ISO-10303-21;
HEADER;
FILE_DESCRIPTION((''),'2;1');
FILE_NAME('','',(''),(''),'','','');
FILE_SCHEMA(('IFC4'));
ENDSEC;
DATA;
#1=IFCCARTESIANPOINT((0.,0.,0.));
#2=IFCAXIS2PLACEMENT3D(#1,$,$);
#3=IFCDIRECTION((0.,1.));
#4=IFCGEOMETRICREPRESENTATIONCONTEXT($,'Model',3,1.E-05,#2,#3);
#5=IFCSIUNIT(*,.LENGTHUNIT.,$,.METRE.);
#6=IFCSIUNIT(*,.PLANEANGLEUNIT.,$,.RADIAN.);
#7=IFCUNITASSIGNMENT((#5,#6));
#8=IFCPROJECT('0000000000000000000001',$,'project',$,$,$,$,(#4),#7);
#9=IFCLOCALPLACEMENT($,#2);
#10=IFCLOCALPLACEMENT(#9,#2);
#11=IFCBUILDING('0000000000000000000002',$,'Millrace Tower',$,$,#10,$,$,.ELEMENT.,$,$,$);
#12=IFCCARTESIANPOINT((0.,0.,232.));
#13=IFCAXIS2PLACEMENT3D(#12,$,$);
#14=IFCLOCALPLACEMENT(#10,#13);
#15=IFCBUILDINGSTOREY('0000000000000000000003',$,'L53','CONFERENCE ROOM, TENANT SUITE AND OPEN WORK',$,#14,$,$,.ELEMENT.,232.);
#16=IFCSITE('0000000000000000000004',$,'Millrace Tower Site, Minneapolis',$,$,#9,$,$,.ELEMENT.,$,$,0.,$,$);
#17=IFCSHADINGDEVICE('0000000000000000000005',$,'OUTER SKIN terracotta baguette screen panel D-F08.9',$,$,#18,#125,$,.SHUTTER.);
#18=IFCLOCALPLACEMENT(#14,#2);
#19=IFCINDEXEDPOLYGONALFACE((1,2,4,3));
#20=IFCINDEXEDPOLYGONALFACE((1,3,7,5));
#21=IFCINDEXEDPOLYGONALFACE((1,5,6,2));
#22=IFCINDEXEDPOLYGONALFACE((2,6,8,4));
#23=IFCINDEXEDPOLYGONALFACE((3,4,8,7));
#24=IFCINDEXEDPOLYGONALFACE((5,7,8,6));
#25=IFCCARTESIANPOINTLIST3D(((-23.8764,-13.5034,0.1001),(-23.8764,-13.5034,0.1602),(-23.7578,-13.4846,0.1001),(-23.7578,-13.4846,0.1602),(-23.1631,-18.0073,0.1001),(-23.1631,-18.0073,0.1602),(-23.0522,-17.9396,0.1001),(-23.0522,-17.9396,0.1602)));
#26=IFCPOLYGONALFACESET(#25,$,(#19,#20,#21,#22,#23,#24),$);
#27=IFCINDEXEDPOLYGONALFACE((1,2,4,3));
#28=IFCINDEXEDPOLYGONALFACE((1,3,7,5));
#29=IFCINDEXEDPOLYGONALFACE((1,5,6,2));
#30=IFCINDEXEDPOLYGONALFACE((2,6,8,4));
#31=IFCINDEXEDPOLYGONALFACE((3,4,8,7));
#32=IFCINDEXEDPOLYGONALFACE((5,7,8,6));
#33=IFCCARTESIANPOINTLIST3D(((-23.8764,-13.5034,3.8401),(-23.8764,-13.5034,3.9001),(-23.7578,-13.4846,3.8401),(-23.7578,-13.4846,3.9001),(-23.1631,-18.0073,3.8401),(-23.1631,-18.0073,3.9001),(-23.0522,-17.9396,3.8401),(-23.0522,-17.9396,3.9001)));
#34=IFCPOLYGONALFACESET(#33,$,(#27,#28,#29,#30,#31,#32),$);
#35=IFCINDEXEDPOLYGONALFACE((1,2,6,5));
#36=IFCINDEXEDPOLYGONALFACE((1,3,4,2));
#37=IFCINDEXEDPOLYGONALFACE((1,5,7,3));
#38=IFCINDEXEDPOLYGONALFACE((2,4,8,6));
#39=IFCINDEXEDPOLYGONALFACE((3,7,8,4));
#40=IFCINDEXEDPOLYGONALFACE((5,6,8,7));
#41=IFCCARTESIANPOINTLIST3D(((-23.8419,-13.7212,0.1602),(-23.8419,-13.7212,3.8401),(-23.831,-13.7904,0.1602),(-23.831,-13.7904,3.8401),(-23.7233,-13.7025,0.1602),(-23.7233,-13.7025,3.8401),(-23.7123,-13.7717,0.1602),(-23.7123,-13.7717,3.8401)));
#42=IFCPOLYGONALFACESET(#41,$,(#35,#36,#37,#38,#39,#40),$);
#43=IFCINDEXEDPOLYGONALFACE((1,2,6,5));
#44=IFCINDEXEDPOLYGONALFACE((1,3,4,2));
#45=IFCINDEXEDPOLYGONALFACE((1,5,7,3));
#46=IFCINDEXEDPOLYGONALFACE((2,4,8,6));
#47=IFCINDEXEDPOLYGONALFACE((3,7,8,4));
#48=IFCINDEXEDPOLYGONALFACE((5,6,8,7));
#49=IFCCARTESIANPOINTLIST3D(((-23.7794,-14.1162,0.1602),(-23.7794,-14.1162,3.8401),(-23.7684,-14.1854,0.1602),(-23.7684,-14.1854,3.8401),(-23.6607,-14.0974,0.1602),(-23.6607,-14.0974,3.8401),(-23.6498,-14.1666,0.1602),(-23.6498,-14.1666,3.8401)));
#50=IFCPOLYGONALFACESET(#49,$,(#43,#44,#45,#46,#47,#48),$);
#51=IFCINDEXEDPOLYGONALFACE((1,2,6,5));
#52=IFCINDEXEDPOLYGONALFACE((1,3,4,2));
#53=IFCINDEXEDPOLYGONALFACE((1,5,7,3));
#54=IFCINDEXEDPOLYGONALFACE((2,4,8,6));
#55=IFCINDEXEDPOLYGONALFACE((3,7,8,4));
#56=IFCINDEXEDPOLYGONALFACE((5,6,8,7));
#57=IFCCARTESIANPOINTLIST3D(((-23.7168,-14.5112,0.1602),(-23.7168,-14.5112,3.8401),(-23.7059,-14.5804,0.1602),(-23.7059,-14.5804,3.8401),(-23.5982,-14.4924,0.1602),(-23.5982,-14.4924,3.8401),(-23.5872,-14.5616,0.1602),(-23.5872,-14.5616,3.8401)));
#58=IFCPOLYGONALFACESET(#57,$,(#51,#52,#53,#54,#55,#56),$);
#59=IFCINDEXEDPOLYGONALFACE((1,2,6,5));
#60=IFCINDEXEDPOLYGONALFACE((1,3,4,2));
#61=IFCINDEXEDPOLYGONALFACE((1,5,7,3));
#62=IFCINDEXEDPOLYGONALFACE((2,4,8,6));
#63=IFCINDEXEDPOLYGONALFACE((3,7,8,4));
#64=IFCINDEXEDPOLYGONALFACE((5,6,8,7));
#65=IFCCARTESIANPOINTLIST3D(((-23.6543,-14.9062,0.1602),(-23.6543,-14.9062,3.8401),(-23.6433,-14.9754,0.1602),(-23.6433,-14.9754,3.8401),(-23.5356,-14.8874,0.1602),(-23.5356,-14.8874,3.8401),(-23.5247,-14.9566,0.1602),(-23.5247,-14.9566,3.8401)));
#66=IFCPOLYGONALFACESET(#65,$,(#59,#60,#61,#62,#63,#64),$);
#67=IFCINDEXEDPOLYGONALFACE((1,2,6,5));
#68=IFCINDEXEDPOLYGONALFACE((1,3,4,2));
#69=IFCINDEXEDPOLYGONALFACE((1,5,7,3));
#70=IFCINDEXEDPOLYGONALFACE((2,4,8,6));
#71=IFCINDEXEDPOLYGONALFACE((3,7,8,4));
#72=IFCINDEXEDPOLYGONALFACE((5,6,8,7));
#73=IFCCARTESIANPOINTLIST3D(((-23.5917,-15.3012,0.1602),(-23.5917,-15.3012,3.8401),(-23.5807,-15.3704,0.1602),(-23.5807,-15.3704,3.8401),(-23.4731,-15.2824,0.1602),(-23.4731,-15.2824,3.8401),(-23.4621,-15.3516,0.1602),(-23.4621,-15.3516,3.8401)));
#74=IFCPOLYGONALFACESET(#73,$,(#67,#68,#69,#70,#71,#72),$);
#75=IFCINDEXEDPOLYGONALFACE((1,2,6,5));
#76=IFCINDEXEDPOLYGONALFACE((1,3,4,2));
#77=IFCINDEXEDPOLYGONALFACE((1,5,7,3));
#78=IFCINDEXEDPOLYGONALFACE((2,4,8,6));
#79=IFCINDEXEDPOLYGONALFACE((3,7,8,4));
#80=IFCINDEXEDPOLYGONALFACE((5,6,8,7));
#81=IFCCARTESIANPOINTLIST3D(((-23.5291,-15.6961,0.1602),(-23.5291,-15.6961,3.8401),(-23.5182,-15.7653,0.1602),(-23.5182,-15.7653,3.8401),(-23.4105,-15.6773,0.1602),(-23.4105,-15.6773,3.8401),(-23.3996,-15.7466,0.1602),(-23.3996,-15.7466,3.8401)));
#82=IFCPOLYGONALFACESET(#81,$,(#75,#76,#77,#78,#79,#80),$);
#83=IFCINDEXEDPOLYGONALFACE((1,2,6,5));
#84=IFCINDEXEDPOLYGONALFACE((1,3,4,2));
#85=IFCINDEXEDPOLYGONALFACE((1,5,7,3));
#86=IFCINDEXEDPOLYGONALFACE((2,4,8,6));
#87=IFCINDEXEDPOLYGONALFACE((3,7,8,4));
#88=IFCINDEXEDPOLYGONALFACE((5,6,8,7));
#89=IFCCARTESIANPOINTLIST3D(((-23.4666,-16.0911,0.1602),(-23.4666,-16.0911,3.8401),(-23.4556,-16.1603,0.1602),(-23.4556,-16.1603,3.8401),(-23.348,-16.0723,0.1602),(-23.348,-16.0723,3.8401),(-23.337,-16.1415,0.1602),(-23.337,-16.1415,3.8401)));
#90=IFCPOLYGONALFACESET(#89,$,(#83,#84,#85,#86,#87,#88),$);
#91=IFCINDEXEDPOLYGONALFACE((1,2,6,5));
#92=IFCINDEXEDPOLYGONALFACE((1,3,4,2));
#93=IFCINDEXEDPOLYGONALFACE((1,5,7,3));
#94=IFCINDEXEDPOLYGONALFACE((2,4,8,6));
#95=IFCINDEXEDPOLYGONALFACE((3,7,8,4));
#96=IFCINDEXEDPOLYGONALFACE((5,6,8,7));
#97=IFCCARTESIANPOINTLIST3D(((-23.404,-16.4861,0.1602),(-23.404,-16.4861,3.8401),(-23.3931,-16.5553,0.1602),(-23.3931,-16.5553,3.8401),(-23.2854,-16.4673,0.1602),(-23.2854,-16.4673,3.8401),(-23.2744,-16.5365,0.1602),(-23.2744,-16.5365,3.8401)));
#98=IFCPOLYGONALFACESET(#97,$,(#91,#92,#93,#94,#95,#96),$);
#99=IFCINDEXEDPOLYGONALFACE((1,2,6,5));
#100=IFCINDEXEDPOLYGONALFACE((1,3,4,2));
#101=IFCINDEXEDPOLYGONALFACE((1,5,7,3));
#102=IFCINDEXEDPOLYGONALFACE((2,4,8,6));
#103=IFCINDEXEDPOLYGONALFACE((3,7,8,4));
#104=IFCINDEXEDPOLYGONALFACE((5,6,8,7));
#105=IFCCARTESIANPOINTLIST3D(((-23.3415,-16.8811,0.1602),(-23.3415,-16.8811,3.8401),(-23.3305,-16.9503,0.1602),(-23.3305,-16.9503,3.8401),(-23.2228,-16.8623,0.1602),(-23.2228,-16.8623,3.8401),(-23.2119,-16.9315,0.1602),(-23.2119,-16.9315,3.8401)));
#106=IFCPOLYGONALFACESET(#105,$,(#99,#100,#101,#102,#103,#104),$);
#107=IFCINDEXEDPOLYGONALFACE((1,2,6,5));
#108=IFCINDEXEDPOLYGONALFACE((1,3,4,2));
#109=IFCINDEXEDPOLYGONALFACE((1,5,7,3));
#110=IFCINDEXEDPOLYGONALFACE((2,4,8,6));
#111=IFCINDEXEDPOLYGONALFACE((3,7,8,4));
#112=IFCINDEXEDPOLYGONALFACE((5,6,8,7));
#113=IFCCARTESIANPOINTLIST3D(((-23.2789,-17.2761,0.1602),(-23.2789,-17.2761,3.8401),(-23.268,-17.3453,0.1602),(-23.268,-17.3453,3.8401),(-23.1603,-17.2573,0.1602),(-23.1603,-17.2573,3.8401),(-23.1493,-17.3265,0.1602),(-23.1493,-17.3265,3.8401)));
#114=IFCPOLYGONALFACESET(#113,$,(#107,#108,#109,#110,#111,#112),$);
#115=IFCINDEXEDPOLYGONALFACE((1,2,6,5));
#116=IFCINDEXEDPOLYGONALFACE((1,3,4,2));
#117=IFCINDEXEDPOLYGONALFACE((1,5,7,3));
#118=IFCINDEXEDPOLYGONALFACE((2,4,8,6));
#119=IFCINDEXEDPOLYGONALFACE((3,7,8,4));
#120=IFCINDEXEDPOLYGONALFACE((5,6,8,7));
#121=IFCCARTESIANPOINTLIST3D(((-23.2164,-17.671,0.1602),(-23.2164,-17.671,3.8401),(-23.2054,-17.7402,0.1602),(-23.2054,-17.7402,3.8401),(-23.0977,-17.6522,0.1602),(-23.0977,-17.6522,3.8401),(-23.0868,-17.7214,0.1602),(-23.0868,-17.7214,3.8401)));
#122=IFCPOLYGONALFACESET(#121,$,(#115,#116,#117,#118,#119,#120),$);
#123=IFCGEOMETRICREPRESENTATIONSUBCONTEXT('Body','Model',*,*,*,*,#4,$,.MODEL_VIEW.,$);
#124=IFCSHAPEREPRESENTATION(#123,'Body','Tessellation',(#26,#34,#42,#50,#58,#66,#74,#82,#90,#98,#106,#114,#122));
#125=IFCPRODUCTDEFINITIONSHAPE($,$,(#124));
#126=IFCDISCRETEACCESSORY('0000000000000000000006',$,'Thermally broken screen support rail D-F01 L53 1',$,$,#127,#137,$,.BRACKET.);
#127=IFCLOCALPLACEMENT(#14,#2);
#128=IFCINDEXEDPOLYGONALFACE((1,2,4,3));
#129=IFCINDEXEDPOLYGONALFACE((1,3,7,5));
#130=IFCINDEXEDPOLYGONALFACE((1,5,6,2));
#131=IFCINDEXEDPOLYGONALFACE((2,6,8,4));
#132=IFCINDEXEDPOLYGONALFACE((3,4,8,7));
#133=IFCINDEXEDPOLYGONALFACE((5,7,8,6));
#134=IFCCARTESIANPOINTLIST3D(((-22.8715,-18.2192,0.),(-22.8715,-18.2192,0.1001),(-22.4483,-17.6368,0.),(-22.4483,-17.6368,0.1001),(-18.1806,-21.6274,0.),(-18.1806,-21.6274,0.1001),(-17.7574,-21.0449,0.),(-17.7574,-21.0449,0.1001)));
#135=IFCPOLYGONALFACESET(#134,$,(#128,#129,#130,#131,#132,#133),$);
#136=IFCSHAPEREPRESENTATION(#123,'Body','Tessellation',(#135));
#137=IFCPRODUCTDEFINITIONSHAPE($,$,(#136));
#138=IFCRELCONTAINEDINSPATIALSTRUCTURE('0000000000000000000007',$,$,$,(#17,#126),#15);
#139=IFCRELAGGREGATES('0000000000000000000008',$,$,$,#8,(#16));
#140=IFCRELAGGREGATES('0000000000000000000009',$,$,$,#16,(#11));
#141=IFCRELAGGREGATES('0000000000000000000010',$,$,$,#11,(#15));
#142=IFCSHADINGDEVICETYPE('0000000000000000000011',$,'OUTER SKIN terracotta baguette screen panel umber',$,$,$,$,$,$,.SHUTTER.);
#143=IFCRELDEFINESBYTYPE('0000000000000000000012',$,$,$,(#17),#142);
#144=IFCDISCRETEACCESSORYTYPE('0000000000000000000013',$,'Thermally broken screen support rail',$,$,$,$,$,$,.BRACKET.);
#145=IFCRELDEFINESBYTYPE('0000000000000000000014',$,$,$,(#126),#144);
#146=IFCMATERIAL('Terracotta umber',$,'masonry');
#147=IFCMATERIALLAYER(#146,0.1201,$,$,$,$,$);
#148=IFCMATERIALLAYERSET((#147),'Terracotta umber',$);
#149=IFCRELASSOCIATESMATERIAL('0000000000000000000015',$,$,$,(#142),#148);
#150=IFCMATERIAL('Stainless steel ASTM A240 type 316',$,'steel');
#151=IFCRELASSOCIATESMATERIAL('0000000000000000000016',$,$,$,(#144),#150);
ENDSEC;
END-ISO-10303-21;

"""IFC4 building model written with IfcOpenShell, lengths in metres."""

from ifc_helpers import new_model, entity, si_unit, direction, frame, frame_2d, origin, origin_2d, place, context, subcontext, project, spatial, rectangle, extrude, source, transform, mapped, material, layer, layer_set, type_object, element, save


model = new_model("IFC4")

# Units and contexts
model_context = context("Model", 3, precision=1e-05, world=origin(), true_north=direction((0.0, 1.0)))
body_context = subcontext(model_context, "Body", "Model", "MODEL_VIEW")
ifc_project = project(units=[si_unit("LENGTHUNIT", "METRE"), si_unit("PLANEANGLEUNIT", "RADIAN")], contexts=[model_context])

# Site, building, storey
site_placement = place(None, origin())
site = spatial("IfcSite", under=ifc_project, at=site_placement, Name="Millrace Tower Site, Minneapolis", CompositionType="ELEMENT", RefElevation=0.0)
building_placement = place(site_placement, origin())
building = spatial("IfcBuilding", under=site, at=building_placement, Name="Millrace Tower", CompositionType="ELEMENT")
storey_placement = place(building_placement, frame((0.0, 0.0, 232.0)))
storey = spatial("IfcBuildingStorey", under=building, at=storey_placement, Name="L53", Description="CONFERENCE ROOM, TENANT SUITE AND OPEN WORK", CompositionType="ELEMENT", Elevation=232.0)

# Shading device
ifc_material_1 = material(Name="Terracotta umber", Category="masonry")
ifc_layer_1 = layer(ifc_material_1, 0.1201)
ifc_layer_set_1 = layer_set([ifc_layer_1], Name="Terracotta umber")
shading_device_type = type_object("IfcShadingDeviceType", Name="OUTER SKIN terracotta baguette screen panel umber", PredefinedType="SHUTTER", material=ifc_layer_set_1)
cartesian_point_1 = entity("IfcCartesianPoint", [-2.2676, 0.0601])
shared_polyline_1 = entity("IfcPolyline", [cartesian_point_1, entity("IfcCartesianPoint", [2.2429, 0.0601]), entity("IfcCartesianPoint", [2.2925, -0.0601]), entity("IfcCartesianPoint", [-2.2676, -0.0601]), cartesian_point_1])
shared_shape_1 = source(origin(), body_context, "Body", "SweptSolid", [
    entity("IfcExtrudedAreaSolid", entity("IfcArbitraryClosedProfileDef", "AREA", None, shared_polyline_1), entity("IfcAxis2Placement3D", entity("IfcCartesianPoint", [0.0, 0.0, 0.0])), entity("IfcDirection", [0.0, 0.0, 1.0]), 0.0601),
    entity("IfcExtrudedAreaSolid", entity("IfcArbitraryClosedProfileDef", "AREA", None, shared_polyline_1), entity("IfcAxis2Placement3D", entity("IfcCartesianPoint", [0.0, 0.0, 3.74])), entity("IfcDirection", [0.0, 0.0, 1.0]), 0.0601),
    extrude(rectangle(XDim=0.0701, YDim=0.1201, at=frame_2d((-2.012, 0.0))), frame((0.0, 0.0, 0.0601)), (0.0, 0.0, 1.0), 3.6799),
    extrude(rectangle(XDim=0.0701, YDim=0.1201, at=frame_2d((-1.6121, 0.0))), frame((0.0, 0.0, 0.0601)), (0.0, 0.0, 1.0), 3.6799),
    extrude(rectangle(XDim=0.0701, YDim=0.1201, at=frame_2d((-1.2122, 0.0))), frame((0.0, 0.0, 0.0601)), (0.0, 0.0, 1.0), 3.6799),
    extrude(rectangle(XDim=0.0701, YDim=0.1201, at=frame_2d((-0.8123, 0.0))), frame((0.0, 0.0, 0.0601)), (0.0, 0.0, 1.0), 3.6799),
    extrude(rectangle(XDim=0.0701, YDim=0.1201, at=frame_2d((-0.4124, 0.0))), frame((0.0, 0.0, 0.0601)), (0.0, 0.0, 1.0), 3.6799),
    extrude(rectangle(XDim=0.0701, YDim=0.1201, at=frame_2d((-0.0125, 0.0))), frame((0.0, 0.0, 0.0601)), (0.0, 0.0, 1.0), 3.6799),
    extrude(rectangle(XDim=0.0701, YDim=0.1201, at=frame_2d((0.3875, 0.0))), frame((0.0, 0.0, 0.0601)), (0.0, 0.0, 1.0), 3.6799),
    extrude(rectangle(XDim=0.0701, YDim=0.1201, at=frame_2d((0.7874, 0.0))), frame((0.0, 0.0, 0.0601)), (0.0, 0.0, 1.0), 3.6799),
    extrude(rectangle(XDim=0.0701, YDim=0.1201, at=frame_2d((1.1873, 0.0))), frame((0.0, 0.0, 0.0601)), (0.0, 0.0, 1.0), 3.6799),
    extrude(rectangle(XDim=0.0701, YDim=0.1201, at=frame_2d((1.5872, 0.0))), frame((0.0, 0.0, 0.0601)), (0.0, 0.0, 1.0), 3.6799),
    extrude(rectangle(XDim=0.0701, YDim=0.1201, at=frame_2d((1.9871, 0.0))), frame((0.0, 0.0, 0.0601)), (0.0, 0.0, 1.0), 3.6799),
])
shading_device_1_placement = place(storey_placement, frame((-23.4624, -15.7336, 0.1001), z_axis=(0.0, 0.0, 1.0), x_axis=(0.156434, -0.987688, 0.0)))
element("IfcShadingDevice", 1, at=shading_device_1_placement, inside=storey, type_object=shading_device_type, Name="OUTER SKIN terracotta baguette screen panel D-F08.9", PredefinedType="SHUTTER", context=body_context, shape_type="MappedRepresentation", body=[
    mapped(shared_shape_1, transform((0.0, 0.0, 0.0), scale=1.0)),
])

# Discrete accessory
ifc_material_2 = material(Name="Stainless steel ASTM A240 type 316", Category="steel")
discrete_accessory_type = type_object("IfcDiscreteAccessoryType", Name="Thermally broken screen support rail", PredefinedType="BRACKET", material=ifc_material_2)
discrete_accessory_placement = place(storey_placement, frame((-20.3145, -19.6321, 0.0), z_axis=(0.0, 0.0, 1.0), x_axis=(0.809017, -0.587785, 0.0)))
element("IfcDiscreteAccessory", 2, at=discrete_accessory_placement, inside=storey, type_object=discrete_accessory_type, Name="Thermally broken screen support rail D-F01 L53 1", PredefinedType="BRACKET", context=body_context, shape_type="SweptSolid", body=[
    extrude(rectangle(XDim=5.7983, YDim=0.72, at=origin_2d()), origin(), (0.0, 0.0, 1.0), 0.1001),
])

save(model, "model.ifc")
